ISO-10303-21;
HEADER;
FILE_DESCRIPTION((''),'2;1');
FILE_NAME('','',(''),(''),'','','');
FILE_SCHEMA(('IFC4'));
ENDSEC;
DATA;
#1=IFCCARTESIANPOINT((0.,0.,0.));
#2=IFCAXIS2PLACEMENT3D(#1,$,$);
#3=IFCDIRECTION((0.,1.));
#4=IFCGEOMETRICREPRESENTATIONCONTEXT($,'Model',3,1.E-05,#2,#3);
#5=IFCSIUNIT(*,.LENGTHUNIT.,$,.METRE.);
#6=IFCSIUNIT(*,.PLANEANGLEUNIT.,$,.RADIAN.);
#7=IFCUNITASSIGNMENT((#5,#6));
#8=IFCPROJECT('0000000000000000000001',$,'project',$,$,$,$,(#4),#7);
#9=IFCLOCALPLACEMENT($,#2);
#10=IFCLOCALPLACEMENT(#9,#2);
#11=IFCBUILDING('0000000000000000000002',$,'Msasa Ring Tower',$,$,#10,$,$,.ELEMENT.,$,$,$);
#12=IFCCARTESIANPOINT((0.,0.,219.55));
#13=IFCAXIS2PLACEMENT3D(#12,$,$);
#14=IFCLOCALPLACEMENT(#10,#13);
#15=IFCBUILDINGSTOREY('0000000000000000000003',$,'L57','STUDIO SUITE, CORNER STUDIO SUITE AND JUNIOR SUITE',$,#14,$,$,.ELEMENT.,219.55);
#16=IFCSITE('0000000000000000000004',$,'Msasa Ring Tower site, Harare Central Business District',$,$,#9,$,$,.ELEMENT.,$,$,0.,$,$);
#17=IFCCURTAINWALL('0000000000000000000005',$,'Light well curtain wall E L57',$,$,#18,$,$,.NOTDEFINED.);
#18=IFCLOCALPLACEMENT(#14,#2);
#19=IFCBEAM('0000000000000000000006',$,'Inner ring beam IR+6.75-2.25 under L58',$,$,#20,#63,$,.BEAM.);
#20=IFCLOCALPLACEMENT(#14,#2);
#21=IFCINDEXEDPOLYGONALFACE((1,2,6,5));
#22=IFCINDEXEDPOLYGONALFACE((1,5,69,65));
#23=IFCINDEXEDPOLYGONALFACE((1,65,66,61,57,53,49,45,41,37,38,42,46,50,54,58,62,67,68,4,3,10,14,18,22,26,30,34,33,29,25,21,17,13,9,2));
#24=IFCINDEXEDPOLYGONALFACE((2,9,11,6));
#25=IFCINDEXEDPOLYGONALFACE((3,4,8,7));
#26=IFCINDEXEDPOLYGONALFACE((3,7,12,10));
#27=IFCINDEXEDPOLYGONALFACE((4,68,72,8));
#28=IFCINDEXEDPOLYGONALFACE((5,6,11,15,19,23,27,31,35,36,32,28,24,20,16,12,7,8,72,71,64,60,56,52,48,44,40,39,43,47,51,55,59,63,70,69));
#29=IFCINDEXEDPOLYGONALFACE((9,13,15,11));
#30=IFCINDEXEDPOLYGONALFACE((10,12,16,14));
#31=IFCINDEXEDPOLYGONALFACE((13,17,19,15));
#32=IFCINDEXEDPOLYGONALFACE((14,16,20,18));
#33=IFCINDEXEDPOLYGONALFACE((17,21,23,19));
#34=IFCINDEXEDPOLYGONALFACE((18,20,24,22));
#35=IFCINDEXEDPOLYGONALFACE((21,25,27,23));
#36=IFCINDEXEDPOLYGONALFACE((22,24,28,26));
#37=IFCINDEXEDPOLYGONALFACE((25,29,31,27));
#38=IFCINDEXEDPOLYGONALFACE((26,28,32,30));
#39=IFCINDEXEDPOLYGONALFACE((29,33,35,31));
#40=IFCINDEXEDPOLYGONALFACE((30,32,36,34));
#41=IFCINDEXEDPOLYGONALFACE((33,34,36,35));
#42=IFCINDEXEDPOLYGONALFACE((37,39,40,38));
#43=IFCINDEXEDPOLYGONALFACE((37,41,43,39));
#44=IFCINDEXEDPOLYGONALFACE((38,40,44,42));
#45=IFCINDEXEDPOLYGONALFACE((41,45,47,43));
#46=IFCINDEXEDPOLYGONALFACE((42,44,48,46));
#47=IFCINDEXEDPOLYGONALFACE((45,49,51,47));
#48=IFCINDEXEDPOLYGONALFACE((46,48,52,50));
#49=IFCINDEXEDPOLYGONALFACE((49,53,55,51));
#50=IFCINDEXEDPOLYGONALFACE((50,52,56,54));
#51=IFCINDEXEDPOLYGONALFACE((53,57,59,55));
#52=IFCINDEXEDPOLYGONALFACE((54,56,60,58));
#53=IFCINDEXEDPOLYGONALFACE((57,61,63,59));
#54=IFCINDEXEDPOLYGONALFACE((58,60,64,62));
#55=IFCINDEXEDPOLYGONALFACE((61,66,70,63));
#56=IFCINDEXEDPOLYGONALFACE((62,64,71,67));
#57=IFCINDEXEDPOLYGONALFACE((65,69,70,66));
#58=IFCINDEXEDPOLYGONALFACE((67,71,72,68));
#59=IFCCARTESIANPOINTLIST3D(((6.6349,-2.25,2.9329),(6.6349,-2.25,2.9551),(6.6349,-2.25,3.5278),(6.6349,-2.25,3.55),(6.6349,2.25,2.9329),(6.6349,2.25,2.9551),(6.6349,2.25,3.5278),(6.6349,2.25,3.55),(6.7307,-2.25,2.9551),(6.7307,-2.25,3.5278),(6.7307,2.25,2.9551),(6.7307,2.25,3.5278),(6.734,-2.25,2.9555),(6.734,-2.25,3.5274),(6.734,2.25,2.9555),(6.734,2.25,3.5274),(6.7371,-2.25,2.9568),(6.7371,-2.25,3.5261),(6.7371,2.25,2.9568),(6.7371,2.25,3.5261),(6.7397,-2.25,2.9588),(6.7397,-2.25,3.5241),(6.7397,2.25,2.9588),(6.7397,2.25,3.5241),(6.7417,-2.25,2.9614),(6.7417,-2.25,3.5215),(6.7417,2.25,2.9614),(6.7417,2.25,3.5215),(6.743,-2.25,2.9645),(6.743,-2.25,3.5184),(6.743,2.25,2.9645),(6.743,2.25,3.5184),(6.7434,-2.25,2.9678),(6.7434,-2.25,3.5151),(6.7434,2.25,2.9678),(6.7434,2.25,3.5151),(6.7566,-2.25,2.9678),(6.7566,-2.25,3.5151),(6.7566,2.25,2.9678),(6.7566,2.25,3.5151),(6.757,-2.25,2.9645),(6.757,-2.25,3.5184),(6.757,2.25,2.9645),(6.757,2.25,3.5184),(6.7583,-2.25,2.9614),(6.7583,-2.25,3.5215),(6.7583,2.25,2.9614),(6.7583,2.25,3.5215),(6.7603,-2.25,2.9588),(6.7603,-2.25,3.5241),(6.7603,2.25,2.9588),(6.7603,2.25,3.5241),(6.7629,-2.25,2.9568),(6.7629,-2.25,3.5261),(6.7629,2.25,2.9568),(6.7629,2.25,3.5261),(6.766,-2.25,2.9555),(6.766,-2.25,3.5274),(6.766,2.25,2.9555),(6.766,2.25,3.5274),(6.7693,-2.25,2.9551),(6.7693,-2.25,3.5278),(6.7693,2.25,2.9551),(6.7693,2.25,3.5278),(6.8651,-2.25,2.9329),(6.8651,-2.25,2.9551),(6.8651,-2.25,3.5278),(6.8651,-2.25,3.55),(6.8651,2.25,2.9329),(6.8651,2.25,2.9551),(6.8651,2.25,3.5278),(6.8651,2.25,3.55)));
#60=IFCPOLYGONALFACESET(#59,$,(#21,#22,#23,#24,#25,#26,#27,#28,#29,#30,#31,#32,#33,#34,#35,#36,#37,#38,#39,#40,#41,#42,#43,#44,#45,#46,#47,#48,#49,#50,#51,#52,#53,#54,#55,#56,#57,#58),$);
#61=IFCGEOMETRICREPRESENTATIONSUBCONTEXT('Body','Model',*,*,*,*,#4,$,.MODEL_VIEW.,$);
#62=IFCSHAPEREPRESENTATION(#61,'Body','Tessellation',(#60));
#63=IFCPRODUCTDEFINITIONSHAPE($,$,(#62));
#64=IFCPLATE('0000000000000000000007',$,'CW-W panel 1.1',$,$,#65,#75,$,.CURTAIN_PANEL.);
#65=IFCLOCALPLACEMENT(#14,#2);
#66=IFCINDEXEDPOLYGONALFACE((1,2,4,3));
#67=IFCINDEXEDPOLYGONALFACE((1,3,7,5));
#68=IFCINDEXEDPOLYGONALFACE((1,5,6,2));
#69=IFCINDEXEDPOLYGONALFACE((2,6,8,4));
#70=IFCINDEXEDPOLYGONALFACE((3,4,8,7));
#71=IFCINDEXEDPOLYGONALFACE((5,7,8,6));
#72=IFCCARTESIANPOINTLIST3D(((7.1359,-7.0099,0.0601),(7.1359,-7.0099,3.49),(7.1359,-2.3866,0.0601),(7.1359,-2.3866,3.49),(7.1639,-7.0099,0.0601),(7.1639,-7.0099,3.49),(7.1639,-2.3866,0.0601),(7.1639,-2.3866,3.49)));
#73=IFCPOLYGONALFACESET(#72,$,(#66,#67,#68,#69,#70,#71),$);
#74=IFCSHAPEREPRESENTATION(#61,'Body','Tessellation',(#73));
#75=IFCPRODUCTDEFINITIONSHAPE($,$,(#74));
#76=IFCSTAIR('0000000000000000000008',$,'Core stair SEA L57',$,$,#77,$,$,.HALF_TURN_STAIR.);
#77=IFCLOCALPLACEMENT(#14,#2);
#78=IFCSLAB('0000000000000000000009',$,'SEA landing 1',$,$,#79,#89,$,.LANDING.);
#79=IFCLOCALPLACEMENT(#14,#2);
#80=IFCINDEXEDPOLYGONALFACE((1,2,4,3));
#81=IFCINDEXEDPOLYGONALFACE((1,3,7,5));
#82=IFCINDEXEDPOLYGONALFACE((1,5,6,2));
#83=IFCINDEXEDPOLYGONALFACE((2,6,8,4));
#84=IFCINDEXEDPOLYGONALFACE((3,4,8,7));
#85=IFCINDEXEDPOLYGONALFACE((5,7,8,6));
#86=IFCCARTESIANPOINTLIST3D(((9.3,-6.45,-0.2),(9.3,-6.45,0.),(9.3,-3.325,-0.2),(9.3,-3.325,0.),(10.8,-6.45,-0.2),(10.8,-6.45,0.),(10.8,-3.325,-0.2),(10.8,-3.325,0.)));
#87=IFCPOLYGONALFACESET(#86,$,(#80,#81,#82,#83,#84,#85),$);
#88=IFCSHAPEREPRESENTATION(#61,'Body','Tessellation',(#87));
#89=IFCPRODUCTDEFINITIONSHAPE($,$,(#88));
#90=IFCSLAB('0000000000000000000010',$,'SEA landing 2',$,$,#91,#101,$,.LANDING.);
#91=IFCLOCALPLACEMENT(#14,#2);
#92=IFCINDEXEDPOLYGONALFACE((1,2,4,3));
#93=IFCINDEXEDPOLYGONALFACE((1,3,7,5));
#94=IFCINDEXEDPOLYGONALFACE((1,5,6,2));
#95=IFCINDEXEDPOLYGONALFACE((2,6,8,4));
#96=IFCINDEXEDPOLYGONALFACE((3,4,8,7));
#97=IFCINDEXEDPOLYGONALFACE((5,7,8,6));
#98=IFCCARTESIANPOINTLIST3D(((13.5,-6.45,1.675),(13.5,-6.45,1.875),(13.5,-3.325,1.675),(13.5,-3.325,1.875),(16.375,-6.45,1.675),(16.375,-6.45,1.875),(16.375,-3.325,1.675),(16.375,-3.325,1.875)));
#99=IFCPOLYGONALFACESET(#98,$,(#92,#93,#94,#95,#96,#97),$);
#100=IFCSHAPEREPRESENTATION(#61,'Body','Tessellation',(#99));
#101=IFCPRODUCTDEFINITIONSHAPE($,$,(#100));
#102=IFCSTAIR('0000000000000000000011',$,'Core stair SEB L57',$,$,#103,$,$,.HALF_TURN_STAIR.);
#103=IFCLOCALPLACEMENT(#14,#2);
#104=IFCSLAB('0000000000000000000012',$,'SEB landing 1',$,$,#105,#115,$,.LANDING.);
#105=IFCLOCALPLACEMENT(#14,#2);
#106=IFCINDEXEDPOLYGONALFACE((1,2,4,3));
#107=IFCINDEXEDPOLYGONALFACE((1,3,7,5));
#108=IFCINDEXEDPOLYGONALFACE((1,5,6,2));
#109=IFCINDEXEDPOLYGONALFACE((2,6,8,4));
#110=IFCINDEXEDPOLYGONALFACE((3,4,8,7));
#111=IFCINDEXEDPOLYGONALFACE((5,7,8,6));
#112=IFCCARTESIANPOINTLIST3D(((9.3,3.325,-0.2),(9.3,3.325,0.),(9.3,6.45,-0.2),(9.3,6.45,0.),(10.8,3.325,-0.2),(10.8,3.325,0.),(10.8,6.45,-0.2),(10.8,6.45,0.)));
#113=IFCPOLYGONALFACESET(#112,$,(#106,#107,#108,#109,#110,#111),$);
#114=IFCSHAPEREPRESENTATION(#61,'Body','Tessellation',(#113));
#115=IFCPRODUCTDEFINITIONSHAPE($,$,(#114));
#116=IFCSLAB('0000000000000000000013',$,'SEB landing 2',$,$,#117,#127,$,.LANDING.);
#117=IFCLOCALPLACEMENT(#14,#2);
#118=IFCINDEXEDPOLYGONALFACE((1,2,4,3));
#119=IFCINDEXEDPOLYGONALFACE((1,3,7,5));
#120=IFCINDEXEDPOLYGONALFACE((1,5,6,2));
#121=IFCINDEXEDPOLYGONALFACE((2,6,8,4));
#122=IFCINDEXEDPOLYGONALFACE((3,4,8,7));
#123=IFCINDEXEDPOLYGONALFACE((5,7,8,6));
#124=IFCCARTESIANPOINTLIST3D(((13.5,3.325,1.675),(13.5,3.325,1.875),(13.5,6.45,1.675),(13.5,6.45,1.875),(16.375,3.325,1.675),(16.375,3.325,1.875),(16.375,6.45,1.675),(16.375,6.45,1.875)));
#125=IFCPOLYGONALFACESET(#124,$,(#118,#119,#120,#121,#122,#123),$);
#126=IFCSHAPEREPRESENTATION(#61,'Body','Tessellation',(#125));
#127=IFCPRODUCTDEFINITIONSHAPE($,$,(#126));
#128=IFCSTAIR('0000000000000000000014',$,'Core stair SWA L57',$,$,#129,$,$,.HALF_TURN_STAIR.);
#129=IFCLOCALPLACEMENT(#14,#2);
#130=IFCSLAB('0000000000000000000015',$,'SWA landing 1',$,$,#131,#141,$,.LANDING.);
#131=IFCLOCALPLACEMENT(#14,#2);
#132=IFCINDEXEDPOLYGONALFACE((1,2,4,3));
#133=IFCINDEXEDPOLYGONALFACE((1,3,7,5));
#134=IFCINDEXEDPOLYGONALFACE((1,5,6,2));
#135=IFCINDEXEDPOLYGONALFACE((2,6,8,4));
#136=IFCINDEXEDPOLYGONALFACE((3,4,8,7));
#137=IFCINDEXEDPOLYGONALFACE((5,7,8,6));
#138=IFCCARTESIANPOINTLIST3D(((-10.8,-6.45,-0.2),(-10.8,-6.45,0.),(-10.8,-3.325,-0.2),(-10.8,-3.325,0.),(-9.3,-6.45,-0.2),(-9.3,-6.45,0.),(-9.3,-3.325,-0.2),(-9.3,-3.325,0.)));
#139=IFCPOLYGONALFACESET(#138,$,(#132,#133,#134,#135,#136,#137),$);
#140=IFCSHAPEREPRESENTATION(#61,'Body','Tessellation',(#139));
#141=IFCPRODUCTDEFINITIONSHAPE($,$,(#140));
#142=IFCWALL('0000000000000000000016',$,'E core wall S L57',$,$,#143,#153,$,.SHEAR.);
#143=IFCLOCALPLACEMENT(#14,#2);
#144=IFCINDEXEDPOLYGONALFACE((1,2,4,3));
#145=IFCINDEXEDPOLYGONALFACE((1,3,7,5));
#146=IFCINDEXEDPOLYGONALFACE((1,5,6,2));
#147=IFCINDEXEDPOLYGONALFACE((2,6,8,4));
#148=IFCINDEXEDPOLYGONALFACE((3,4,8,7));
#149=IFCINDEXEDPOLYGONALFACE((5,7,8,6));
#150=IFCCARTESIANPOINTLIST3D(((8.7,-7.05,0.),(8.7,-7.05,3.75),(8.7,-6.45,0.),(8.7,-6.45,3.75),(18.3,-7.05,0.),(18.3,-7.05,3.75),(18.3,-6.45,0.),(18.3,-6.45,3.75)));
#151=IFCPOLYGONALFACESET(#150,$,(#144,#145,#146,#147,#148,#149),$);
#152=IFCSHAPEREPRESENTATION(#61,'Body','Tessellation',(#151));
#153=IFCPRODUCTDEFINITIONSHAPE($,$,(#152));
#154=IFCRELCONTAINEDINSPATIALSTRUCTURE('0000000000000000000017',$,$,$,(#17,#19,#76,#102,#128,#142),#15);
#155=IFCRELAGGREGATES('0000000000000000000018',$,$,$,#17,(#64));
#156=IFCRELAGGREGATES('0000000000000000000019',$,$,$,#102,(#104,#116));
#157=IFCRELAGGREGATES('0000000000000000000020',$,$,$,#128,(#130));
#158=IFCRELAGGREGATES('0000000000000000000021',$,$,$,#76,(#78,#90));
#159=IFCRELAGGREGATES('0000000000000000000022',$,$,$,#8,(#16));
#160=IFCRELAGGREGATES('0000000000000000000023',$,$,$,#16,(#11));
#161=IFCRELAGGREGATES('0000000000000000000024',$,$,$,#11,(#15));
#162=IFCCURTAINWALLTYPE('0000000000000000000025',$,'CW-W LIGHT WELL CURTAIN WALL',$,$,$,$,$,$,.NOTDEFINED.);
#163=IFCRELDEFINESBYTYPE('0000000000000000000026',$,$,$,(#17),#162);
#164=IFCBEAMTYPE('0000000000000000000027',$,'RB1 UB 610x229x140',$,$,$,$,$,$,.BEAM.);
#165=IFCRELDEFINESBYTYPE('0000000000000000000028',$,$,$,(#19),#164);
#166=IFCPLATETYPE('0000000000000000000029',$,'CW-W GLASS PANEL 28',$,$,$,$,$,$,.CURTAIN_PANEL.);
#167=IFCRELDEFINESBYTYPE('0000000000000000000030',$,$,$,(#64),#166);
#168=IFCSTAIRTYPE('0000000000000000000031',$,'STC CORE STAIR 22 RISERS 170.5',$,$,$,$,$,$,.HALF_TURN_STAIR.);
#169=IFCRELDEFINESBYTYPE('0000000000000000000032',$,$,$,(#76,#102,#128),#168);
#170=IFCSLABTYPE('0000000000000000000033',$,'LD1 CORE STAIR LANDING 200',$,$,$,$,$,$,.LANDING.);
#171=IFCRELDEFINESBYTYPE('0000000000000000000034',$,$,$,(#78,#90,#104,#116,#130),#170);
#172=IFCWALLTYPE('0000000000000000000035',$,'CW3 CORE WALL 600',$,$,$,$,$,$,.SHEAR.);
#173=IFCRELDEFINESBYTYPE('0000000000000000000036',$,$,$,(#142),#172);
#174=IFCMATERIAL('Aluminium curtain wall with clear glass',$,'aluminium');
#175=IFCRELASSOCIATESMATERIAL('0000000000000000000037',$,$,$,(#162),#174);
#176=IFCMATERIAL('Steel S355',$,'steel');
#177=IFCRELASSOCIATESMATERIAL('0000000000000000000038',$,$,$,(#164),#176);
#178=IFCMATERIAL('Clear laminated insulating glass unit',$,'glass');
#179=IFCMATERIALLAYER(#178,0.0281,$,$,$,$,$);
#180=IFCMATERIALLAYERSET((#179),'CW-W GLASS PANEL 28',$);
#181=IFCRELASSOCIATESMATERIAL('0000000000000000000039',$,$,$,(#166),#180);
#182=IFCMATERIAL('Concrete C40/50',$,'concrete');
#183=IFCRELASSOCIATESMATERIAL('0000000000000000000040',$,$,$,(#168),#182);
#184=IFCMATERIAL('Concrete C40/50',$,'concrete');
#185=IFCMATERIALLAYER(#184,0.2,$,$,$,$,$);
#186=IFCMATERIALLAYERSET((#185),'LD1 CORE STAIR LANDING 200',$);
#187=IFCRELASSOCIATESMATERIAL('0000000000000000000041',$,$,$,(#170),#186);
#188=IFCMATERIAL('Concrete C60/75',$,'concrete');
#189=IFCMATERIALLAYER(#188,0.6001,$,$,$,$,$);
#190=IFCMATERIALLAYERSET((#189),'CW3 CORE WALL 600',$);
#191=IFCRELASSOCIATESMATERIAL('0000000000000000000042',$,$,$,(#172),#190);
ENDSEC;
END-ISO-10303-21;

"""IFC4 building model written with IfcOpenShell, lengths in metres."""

from ifc_helpers import new_model, si_unit, direction, frame, frame_2d, origin, origin_2d, place, context, subcontext, project, spatial, polyline, rectangle, i_section, outline, extrude, material, layer, layer_set, material_profile, profile_set, type_object, element, aggregate, save


model = new_model("IFC4")

# Units and contexts
model_context = context("Model", 3, precision=1e-05, world=origin(), true_north=direction((0.0, 1.0)))
body_context = subcontext(model_context, "Body", "Model", "MODEL_VIEW")
ifc_project = project(units=[si_unit("LENGTHUNIT", "METRE"), si_unit("PLANEANGLEUNIT", "RADIAN")], contexts=[model_context])

# Site, building, storey
site_placement = place(None, origin())
site = spatial("IfcSite", under=ifc_project, at=site_placement, Name="Msasa Ring Tower site, Harare Central Business District", CompositionType="ELEMENT", RefElevation=0.0)
building_placement = place(site_placement, origin())
building = spatial("IfcBuilding", under=site, at=building_placement, Name="Msasa Ring Tower", CompositionType="ELEMENT")
storey_placement = place(building_placement, frame((0.0, 0.0, 219.55)))
storey = spatial("IfcBuildingStorey", under=building, at=storey_placement, Name="L57", Description="STUDIO SUITE, CORNER STUDIO SUITE AND JUNIOR SUITE", CompositionType="ELEMENT", Elevation=219.55)

# Curtain wall
ifc_material_1 = material(Name="Aluminium curtain wall with clear glass", Category="aluminium")
curtain_wall_type = type_object("IfcCurtainWallType", Name="CW-W LIGHT WELL CURTAIN WALL", PredefinedType="NOTDEFINED", material=ifc_material_1)
curtain_wall_placement = place(storey_placement, origin())
curtain_wall = element("IfcCurtainWall", 1, at=curtain_wall_placement, inside=storey, type_object=curtain_wall_type, Name="Light well curtain wall E L57", PredefinedType="NOTDEFINED")

# Beam
ifc_material_2 = material(Name="Steel S355", Category="steel")
ifc_material_profile_1 = material_profile(ifc_material_2, i_section(OverallWidth=0.2302, OverallDepth=0.6172, WebThickness=0.0132, FlangeThickness=0.0222, FilletRadius=0.0127, at=origin_2d()), Name="UB 610x229x140")
ifc_profile_set_1 = profile_set([ifc_material_profile_1], Name="Steel S355")
beam_type = type_object("IfcBeamType", Name="RB1 UB 610x229x140", PredefinedType="BEAM", material=ifc_profile_set_1)
for number, where, z_axis, x_axis, name in (
    (2, (6.75, -2.25, 3.2415), (0.0, 1.0, 0.0), (-1.0, 0.0, 0.0), "Inner ring beam IR+6.75-2.25 under L58"),
):
    element("IfcBeam", number, at=place(storey_placement, frame(where, z_axis=z_axis, x_axis=x_axis)), inside=storey, type_object=beam_type, Name=name, PredefinedType="BEAM", context=body_context, shape_type="SweptSolid", body=[
        extrude(i_section(OverallWidth=0.2302, OverallDepth=0.6172, WebThickness=0.0132, FlangeThickness=0.0222, FilletRadius=0.0127, at=origin_2d()), origin(), (0.0, 0.0, 1.0), 4.5),
    ])

# Plate
ifc_material_3 = material(Name="Clear laminated insulating glass unit", Category="glass")
ifc_layer_1 = layer(ifc_material_3, 0.0281)
ifc_layer_set_1 = layer_set([ifc_layer_1], Name="CW-W GLASS PANEL 28")
plate_type = type_object("IfcPlateType", Name="CW-W GLASS PANEL 28", PredefinedType="CURTAIN_PANEL", material=ifc_layer_set_1)
plate_placement = place(storey_placement, frame((7.1499, -4.6982, 0.0601), z_axis=(0.0, 0.0, 1.0), x_axis=(0.0, 1.0, 0.0)))
plate = element("IfcPlate", 3, at=plate_placement, type_object=plate_type, Name="CW-W panel 1.1", PredefinedType="CURTAIN_PANEL", context=body_context, shape_type="SweptSolid", body=[
    extrude(rectangle(XDim=4.6233, YDim=0.0281, at=origin_2d()), origin(), (0.0, 0.0, 1.0), 3.4299),
])
aggregate(curtain_wall, [plate])

# Stairs, slabs
ifc_material_4 = material(Name="Concrete C40/50", Category="concrete")
stair_type = type_object("IfcStairType", Name="STC CORE STAIR 22 RISERS 170.5", PredefinedType="HALF_TURN_STAIR", material=ifc_material_4)
stair_1_placement = place(storey_placement, origin())
stair_1 = element("IfcStair", 4, at=stair_1_placement, inside=storey, type_object=stair_type, Name="Core stair SEA L57", PredefinedType="HALF_TURN_STAIR")
ifc_material_5 = material(Name="Concrete C40/50", Category="concrete")
ifc_layer_2 = layer(ifc_material_5, 0.2)
ifc_layer_set_2 = layer_set([ifc_layer_2], Name="LD1 CORE STAIR LANDING 200")
slab_type = type_object("IfcSlabType", Name="LD1 CORE STAIR LANDING 200", PredefinedType="LANDING", material=ifc_layer_set_2)
slab_1_placement = place(storey_placement, frame((0.0, 0.0, -0.2)))
slab_1 = element("IfcSlab", 5, at=slab_1_placement, type_object=slab_type, Name="SEA landing 1", PredefinedType="LANDING", context=body_context, shape_type="SweptSolid", body=[
    extrude(outline(polyline([(9.3, -6.45), (10.8, -6.45), (10.8, -3.325), (9.3, -3.325), (9.3, -6.45)])), origin(), (0.0, 0.0, 1.0), 0.2),
])
slab_2_placement = place(storey_placement, frame((0.0, 0.0, 1.675)))
slab_2 = element("IfcSlab", 6, at=slab_2_placement, type_object=slab_type, Name="SEA landing 2", PredefinedType="LANDING", context=body_context, shape_type="SweptSolid", body=[
    extrude(outline(polyline([(13.5, -6.45), (16.375, -6.45), (16.375, -3.325), (13.5, -3.325), (13.5, -6.45)])), origin(), (0.0, 0.0, 1.0), 0.2),
])
stair_2_placement = place(storey_placement, origin())
stair_2 = element("IfcStair", 7, at=stair_2_placement, inside=storey, type_object=stair_type, Name="Core stair SEB L57", PredefinedType="HALF_TURN_STAIR")
slab_3_placement = place(storey_placement, frame((0.0, 0.0, -0.2)))
slab_3 = element("IfcSlab", 8, at=slab_3_placement, type_object=slab_type, Name="SEB landing 1", PredefinedType="LANDING", context=body_context, shape_type="SweptSolid", body=[
    extrude(outline(polyline([(9.3, 3.325), (10.8, 3.325), (10.8, 6.45), (9.3, 6.45), (9.3, 3.325)])), origin(), (0.0, 0.0, 1.0), 0.2),
])
slab_4_placement = place(storey_placement, frame((0.0, 0.0, 1.675)))
slab_4 = element("IfcSlab", 9, at=slab_4_placement, type_object=slab_type, Name="SEB landing 2", PredefinedType="LANDING", context=body_context, shape_type="SweptSolid", body=[
    extrude(outline(polyline([(13.5, 3.325), (16.375, 3.325), (16.375, 6.45), (13.5, 6.45), (13.5, 3.325)])), origin(), (0.0, 0.0, 1.0), 0.2),
])
aggregate(stair_2, [slab_3, slab_4])

# Stair, slab
stair_3_placement = place(storey_placement, origin())
stair_3 = element("IfcStair", 10, at=stair_3_placement, inside=storey, type_object=stair_type, Name="Core stair SWA L57", PredefinedType="HALF_TURN_STAIR")
slab_5_placement = place(storey_placement, frame((0.0, 0.0, -0.2)))
slab_5 = element("IfcSlab", 11, at=slab_5_placement, type_object=slab_type, Name="SWA landing 1", PredefinedType="LANDING", context=body_context, shape_type="SweptSolid", body=[
    extrude(outline(polyline([(-10.8, -6.45), (-9.3, -6.45), (-9.3, -3.325), (-10.8, -3.325), (-10.8, -6.45)])), origin(), (0.0, 0.0, 1.0), 0.2),
])
aggregate(stair_3, [slab_5])

# Wall
ifc_material_6 = material(Name="Concrete C60/75", Category="concrete")
ifc_layer_3 = layer(ifc_material_6, 0.6001)
ifc_layer_set_3 = layer_set([ifc_layer_3], Name="CW3 CORE WALL 600")
wall_type_1 = type_object("IfcWallType", Name="CW3 CORE WALL 600", PredefinedType="SHEAR", material=ifc_layer_set_3)
wall_1_placement = place(storey_placement, frame((8.7, -6.75, 0.0), z_axis=(0.0, 0.0, 1.0), x_axis=(1.0, 0.0, 0.0)))
element("IfcWall", 12, at=wall_1_placement, inside=storey, type_object=wall_type_1, Name="E core wall S L57", PredefinedType="SHEAR", context=body_context, shape_type="SweptSolid", body=[
    extrude(rectangle(XDim=9.6001, YDim=0.6001, at=frame_2d((4.8, 0.0))), origin(), (0.0, 0.0, 1.0), 3.75),
])

aggregate(stair_1, [slab_1, slab_2])

save(model, "model.ifc")
